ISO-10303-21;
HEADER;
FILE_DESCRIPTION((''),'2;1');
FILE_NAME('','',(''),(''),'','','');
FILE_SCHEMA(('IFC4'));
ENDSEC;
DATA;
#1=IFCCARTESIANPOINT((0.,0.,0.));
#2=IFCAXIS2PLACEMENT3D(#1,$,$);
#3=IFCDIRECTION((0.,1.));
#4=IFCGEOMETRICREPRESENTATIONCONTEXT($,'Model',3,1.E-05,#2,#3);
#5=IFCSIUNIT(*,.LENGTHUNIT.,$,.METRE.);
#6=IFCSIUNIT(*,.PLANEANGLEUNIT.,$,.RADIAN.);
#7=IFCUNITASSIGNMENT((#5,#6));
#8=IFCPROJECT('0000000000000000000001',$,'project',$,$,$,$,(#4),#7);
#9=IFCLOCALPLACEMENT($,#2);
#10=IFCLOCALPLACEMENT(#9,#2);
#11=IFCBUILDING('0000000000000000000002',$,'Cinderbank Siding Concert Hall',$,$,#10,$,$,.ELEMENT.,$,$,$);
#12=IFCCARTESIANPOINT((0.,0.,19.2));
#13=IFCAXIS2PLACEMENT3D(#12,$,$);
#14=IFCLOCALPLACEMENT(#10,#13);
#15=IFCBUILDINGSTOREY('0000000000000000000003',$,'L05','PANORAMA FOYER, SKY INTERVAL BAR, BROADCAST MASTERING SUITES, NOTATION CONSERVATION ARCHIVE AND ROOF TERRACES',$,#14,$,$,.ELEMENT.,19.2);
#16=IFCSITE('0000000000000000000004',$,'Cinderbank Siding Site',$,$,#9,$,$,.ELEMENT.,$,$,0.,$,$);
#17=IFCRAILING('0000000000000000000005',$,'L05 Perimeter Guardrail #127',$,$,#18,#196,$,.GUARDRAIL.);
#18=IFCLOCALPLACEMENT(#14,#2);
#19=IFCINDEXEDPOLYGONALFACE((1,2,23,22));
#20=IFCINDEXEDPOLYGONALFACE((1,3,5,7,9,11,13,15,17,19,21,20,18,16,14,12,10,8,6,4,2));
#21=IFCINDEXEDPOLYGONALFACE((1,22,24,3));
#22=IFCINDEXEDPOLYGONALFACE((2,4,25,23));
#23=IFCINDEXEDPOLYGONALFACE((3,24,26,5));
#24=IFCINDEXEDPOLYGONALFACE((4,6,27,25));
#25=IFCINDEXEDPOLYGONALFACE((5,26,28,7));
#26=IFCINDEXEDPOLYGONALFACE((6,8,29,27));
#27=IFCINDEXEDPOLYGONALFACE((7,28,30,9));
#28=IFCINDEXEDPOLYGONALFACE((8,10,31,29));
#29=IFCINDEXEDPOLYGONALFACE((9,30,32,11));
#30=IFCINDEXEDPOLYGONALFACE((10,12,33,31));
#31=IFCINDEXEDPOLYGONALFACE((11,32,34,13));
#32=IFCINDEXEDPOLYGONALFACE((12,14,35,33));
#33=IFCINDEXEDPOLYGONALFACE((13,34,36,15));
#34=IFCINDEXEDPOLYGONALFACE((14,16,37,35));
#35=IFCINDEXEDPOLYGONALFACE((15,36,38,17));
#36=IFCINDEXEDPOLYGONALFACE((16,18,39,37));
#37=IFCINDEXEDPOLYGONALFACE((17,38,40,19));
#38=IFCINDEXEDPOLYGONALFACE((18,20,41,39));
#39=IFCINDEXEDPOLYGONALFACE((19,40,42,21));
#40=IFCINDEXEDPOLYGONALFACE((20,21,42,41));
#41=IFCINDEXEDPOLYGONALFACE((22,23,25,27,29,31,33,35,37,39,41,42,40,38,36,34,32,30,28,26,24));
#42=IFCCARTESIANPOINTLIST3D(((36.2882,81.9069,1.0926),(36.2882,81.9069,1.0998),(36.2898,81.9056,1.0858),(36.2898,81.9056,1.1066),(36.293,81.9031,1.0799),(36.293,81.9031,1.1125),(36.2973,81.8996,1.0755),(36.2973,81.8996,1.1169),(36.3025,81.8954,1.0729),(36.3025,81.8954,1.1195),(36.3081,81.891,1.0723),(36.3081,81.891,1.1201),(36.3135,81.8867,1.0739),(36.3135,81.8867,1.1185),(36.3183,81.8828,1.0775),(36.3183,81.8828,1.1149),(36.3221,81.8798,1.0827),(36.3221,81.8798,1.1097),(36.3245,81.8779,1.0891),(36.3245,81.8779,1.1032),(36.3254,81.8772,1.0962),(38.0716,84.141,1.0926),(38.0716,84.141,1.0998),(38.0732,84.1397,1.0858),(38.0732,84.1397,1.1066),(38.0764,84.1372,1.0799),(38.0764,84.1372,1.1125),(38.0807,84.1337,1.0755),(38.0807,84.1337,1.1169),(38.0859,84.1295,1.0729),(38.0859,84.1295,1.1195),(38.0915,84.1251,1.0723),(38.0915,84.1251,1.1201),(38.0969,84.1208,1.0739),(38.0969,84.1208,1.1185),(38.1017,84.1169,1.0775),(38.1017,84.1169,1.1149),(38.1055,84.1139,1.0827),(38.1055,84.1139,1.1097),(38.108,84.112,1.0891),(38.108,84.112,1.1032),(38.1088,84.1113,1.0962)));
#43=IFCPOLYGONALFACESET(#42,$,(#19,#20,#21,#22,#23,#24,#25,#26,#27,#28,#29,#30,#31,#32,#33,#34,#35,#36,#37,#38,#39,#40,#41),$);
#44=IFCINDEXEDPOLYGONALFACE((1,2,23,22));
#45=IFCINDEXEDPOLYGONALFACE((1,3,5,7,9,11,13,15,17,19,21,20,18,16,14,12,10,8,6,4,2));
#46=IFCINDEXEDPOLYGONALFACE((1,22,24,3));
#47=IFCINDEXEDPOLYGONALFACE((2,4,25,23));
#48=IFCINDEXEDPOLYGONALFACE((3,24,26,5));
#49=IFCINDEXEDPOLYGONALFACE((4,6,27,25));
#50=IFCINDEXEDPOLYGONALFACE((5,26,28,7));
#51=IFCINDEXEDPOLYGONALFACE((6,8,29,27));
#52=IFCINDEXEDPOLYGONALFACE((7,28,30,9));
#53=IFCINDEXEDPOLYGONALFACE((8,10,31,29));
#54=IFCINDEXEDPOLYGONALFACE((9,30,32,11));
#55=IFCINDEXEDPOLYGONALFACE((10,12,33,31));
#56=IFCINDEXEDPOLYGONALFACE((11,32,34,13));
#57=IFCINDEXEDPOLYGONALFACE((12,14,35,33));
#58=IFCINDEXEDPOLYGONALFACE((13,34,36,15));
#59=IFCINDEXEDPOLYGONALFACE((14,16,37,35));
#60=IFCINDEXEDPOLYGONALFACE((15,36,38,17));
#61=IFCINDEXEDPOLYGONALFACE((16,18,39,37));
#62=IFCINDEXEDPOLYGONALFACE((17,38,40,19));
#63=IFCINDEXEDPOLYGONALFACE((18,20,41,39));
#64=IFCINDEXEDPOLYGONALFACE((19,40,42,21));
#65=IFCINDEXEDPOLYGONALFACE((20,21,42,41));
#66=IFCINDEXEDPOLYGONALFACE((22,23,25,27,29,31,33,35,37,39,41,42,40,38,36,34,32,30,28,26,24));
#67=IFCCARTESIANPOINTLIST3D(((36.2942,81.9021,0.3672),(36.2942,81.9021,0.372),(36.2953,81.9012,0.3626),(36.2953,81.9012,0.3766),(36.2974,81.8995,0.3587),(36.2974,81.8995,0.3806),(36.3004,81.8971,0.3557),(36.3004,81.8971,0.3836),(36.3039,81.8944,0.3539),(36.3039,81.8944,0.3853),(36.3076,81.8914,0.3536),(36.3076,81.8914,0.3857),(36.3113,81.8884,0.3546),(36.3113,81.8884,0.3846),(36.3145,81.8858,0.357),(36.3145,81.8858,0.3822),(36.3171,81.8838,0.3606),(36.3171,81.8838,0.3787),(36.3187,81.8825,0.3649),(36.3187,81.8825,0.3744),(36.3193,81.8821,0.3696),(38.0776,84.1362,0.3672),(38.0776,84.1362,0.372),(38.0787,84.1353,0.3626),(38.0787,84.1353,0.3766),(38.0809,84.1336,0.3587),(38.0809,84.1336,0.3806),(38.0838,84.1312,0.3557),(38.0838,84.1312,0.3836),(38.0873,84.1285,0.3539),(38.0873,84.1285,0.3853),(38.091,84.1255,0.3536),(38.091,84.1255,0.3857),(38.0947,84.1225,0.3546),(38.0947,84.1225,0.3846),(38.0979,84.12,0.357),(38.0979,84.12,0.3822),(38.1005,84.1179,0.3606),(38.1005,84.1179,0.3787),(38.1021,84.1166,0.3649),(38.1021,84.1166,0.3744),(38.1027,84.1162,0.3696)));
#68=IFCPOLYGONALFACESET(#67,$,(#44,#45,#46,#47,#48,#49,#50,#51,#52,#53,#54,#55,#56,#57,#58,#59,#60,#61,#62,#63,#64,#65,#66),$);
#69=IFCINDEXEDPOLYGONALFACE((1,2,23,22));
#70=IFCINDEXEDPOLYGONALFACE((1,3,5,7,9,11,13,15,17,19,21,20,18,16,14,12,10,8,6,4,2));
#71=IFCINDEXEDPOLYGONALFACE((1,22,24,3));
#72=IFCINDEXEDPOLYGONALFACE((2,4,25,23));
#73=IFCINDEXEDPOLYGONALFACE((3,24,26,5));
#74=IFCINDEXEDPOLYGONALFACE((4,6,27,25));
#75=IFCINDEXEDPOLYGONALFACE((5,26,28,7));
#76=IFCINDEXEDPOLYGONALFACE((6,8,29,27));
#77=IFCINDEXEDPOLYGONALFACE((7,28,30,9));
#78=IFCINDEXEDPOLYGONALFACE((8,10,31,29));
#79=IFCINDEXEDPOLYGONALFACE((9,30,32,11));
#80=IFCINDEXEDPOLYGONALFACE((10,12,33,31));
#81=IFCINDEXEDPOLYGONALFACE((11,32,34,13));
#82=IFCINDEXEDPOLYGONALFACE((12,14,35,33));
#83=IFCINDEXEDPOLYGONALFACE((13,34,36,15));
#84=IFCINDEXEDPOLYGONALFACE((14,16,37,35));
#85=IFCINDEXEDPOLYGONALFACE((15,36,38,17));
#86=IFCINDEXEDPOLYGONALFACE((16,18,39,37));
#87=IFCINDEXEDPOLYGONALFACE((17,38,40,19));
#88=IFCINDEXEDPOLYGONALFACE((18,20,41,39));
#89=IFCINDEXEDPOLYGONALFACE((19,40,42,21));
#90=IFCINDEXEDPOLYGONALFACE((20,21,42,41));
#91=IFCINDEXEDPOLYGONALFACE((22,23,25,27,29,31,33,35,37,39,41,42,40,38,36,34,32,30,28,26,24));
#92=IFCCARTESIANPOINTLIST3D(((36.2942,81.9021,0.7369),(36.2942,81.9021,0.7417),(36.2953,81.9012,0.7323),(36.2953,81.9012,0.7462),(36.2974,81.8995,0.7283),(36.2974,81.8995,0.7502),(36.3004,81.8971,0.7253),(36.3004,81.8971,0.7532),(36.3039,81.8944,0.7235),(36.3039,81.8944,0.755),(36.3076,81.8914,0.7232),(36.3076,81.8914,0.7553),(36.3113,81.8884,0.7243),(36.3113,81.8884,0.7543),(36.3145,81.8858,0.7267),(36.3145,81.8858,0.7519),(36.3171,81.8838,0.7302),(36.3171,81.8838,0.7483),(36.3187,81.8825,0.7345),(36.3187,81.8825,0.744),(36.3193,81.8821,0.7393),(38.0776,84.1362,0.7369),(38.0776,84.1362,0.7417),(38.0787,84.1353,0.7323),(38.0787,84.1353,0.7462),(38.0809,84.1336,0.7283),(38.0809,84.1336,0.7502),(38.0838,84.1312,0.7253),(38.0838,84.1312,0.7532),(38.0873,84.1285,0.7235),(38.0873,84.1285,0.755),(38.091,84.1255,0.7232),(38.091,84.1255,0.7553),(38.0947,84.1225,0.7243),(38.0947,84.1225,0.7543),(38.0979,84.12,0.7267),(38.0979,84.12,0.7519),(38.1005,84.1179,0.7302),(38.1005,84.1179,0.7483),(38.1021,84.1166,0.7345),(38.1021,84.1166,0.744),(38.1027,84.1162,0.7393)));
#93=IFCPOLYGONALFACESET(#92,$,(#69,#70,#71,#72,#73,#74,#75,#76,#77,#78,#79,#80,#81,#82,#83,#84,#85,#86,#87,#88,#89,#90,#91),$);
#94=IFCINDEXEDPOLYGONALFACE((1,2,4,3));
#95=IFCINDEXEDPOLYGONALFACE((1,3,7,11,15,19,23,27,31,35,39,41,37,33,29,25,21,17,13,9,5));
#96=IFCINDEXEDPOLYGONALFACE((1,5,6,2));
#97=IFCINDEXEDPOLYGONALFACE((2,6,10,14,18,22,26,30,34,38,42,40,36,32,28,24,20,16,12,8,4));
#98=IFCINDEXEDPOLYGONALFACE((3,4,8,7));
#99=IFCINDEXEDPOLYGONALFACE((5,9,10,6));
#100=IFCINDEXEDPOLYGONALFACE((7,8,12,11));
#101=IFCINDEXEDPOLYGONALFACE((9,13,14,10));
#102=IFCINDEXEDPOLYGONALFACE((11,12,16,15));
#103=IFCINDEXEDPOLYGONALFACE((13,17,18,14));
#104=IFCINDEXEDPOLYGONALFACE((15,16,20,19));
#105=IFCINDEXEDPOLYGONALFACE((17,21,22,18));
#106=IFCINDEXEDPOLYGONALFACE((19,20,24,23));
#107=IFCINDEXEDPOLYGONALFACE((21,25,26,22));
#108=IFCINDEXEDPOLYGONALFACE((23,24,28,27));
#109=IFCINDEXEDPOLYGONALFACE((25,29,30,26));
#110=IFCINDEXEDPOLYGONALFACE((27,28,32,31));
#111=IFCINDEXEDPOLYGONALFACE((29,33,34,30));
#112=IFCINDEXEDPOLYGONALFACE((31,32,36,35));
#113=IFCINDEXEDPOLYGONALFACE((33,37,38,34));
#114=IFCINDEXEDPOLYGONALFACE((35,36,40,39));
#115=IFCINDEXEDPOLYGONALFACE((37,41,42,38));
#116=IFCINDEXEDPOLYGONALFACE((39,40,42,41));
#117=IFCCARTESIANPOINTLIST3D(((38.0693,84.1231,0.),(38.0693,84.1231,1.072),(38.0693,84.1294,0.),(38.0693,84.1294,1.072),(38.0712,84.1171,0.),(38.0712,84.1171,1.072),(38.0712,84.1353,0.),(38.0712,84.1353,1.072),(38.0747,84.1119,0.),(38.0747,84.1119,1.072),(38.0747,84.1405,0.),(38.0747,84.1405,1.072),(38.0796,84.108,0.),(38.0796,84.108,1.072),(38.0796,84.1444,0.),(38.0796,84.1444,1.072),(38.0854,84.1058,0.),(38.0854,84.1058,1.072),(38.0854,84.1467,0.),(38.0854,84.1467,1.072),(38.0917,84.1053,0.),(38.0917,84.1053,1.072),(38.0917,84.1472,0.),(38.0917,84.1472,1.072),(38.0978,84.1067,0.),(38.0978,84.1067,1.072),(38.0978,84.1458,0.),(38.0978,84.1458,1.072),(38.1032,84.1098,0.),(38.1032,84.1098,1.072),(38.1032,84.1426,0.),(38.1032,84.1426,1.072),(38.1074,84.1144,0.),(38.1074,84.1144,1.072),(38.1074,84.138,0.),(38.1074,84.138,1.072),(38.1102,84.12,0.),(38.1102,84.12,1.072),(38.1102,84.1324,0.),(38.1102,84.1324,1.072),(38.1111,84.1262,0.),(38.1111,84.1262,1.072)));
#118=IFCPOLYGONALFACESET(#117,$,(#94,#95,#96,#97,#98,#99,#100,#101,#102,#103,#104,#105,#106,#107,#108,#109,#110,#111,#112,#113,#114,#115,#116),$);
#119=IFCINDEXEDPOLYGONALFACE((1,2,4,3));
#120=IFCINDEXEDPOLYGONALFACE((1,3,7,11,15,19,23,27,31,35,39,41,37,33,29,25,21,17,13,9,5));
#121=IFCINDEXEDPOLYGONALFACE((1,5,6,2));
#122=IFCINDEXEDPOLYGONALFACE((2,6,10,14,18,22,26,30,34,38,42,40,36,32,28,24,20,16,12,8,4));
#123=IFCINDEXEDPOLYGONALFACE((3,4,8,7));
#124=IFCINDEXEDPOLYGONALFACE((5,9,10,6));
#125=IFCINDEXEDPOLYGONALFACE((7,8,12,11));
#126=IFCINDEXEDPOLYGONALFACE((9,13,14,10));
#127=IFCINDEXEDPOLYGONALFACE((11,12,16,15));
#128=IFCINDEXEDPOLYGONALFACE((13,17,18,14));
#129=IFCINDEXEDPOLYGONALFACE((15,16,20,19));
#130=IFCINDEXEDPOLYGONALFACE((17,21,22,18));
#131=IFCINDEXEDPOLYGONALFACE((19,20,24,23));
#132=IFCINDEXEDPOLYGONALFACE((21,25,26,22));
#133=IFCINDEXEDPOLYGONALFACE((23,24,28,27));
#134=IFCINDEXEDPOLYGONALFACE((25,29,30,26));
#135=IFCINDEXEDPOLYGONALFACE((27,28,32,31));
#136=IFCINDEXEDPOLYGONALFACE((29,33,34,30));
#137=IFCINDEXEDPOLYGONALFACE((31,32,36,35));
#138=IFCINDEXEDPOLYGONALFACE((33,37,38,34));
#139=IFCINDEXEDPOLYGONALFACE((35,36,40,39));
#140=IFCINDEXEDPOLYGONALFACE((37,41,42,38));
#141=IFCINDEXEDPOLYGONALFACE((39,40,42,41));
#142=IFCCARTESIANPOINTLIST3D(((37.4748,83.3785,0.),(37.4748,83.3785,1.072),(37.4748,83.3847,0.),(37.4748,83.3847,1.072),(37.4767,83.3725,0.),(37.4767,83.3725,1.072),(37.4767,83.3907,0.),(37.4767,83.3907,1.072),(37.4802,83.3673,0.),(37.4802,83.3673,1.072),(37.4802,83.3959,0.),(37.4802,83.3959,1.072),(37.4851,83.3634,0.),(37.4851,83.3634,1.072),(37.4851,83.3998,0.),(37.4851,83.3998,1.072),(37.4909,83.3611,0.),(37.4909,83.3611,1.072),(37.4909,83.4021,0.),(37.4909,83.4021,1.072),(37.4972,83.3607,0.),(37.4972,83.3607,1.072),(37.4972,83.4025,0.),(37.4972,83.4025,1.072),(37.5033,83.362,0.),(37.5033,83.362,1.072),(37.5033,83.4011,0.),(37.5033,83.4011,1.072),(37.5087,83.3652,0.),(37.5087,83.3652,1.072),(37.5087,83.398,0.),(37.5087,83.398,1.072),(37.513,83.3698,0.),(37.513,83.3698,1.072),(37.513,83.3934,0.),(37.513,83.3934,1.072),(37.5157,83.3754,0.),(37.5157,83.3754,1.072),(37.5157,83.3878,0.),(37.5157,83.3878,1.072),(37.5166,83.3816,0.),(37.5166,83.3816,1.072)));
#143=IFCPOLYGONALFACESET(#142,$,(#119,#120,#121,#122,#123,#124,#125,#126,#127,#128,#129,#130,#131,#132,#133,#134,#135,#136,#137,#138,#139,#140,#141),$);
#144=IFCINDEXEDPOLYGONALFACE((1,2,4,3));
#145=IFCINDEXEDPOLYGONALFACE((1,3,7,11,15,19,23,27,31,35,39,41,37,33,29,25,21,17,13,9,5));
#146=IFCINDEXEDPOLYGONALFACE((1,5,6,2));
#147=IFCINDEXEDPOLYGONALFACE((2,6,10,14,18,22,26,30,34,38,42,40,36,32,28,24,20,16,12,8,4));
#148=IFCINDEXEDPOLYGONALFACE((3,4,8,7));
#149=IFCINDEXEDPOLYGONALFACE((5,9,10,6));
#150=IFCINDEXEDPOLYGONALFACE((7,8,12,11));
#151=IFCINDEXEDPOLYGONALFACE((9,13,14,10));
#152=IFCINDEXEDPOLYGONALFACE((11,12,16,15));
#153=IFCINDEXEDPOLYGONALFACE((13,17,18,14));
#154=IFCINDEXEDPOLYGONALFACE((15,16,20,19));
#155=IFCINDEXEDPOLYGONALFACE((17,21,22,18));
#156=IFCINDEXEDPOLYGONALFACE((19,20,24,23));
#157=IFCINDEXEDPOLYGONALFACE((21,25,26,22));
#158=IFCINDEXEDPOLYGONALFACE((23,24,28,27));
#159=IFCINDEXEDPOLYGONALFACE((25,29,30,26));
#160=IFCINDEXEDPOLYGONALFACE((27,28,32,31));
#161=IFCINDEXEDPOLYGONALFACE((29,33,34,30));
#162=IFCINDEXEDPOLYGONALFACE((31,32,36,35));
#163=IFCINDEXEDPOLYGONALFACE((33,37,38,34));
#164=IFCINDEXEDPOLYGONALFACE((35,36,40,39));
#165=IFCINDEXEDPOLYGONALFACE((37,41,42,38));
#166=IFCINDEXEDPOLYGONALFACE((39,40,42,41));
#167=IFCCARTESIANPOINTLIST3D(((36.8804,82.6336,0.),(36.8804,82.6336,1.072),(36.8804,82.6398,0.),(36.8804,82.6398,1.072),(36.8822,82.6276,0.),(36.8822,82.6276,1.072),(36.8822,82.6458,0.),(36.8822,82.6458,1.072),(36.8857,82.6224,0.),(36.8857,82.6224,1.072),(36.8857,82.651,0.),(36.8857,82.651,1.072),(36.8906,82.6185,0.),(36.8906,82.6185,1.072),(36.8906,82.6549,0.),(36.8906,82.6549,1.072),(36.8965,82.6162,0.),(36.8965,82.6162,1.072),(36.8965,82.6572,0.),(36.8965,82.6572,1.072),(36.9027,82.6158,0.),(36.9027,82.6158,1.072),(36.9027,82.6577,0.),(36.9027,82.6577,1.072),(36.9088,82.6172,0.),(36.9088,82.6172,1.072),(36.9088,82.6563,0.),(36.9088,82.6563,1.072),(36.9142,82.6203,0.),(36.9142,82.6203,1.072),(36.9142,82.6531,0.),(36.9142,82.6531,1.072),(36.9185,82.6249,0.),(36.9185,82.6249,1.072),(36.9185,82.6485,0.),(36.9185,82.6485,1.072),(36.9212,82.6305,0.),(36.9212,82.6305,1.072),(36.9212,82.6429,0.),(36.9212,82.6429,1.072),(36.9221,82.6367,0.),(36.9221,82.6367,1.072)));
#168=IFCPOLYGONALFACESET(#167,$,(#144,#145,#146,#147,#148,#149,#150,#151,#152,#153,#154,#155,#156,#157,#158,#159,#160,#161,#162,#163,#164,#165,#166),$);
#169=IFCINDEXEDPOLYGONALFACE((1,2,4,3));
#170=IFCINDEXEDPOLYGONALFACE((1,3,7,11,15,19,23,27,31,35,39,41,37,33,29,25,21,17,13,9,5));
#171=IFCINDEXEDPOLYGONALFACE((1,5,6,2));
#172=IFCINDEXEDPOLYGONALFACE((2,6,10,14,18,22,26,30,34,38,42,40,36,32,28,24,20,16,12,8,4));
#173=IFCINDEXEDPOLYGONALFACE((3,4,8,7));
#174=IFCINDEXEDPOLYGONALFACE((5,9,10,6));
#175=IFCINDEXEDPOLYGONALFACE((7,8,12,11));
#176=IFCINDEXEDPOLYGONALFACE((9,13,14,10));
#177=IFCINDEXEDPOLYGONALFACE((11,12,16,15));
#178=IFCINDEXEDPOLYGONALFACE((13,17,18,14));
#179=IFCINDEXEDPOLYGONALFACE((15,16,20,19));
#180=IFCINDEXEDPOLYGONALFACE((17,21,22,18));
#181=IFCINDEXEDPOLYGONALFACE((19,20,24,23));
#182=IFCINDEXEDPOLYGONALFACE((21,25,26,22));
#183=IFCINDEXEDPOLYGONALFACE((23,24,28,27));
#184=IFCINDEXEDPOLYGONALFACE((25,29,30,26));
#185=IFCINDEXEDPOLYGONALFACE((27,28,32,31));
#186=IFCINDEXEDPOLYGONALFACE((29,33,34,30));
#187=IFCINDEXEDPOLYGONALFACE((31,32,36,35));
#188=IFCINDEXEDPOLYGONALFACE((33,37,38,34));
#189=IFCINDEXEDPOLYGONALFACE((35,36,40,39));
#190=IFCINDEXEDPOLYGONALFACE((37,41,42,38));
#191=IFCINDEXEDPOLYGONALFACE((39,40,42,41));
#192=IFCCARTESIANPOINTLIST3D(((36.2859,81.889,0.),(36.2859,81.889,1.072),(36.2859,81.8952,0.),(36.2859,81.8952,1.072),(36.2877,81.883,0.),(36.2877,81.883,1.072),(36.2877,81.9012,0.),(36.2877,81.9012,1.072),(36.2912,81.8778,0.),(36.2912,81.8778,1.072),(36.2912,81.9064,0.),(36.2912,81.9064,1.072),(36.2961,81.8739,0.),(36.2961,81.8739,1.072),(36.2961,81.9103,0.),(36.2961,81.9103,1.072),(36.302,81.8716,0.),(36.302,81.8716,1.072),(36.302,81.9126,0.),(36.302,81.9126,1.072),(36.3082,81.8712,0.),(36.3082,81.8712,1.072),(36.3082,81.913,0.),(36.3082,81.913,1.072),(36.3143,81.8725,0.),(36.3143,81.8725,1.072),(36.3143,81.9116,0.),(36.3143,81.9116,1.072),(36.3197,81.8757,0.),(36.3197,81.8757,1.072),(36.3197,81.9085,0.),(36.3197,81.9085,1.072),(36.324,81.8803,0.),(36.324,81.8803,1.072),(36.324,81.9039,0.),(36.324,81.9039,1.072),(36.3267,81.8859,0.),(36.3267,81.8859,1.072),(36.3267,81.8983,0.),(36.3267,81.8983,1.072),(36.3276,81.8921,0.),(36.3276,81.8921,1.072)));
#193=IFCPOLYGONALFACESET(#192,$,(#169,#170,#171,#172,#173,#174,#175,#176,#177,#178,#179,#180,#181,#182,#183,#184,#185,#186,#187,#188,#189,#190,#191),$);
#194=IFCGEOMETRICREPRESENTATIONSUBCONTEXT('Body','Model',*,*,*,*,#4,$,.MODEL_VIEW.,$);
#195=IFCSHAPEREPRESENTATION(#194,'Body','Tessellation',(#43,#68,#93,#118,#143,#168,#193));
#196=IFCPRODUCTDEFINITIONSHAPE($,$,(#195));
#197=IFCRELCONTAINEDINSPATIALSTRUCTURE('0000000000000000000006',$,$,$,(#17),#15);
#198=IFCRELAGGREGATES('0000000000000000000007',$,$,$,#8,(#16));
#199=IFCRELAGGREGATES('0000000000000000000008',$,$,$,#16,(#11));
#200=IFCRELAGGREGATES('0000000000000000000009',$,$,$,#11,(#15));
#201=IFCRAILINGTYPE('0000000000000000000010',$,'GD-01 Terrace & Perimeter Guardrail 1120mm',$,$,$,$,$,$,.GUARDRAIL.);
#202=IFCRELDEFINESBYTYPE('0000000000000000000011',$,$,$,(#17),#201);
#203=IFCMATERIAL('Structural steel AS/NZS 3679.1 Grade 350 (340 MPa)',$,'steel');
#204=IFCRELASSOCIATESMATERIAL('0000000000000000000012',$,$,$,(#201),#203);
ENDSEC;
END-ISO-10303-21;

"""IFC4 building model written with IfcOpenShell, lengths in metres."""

from ifc_helpers import new_model, si_unit, direction, frame, origin, origin_2d, place, context, subcontext, project, spatial, circle, extrude, material, type_object, element, save


model = new_model("IFC4")

# Units and contexts
model_context = context("Model", 3, precision=1e-05, world=origin(), true_north=direction((0.0, 1.0)))
body_context = subcontext(model_context, "Body", "Model", "MODEL_VIEW")
ifc_project = project(units=[si_unit("LENGTHUNIT", "METRE"), si_unit("PLANEANGLEUNIT", "RADIAN")], contexts=[model_context])

# Site, building, storey
site_placement = place(None, origin())
site = spatial("IfcSite", under=ifc_project, at=site_placement, Name="Cinderbank Siding Site", CompositionType="ELEMENT", RefElevation=0.0)
building_placement = place(site_placement, origin())
building = spatial("IfcBuilding", under=site, at=building_placement, Name="Cinderbank Siding Concert Hall", CompositionType="ELEMENT")
storey_placement = place(building_placement, frame((0.0, 0.0, 19.2)))
storey = spatial("IfcBuildingStorey", under=building, at=storey_placement, Name="L05", Description="PANORAMA FOYER, SKY INTERVAL BAR, BROADCAST MASTERING SUITES, NOTATION CONSERVATION ARCHIVE AND ROOF TERRACES", CompositionType="ELEMENT", Elevation=19.2)

# Railing
ifc_material_1 = material(Name="Structural steel AS/NZS 3679.1 Grade 350 (340 MPa)", Category="steel")
railing_type = type_object("IfcRailingType", Name="GD-01 Terrace & Perimeter Guardrail 1120mm", PredefinedType="GUARDRAIL", material=ifc_material_1)
railing_1_placement = place(storey_placement, frame((38.0901, 84.1262, 0.0)))
element("IfcRailing", 1, at=railing_1_placement, inside=storey, type_object=railing_type, Name="L05 Perimeter Guardrail #127", PredefinedType="GUARDRAIL", context=body_context, shape_type="SweptSolid", body=[
    extrude(circle(Radius=0.0239, at=origin_2d()), frame((0.0, 0.0, 1.0962), z_axis=(-0.623872, -0.781527, 0.0), x_axis=(0.781527, -0.623872, 0.0)), (0.0, 0.0, 1.0), 2.8586),
    extrude(circle(Radius=0.0161, at=origin_2d()), frame((0.0, 0.0, 0.3696), z_axis=(-0.623872, -0.781527, 0.0), x_axis=(0.781527, -0.623872, 0.0)), (0.0, 0.0, 1.0), 2.8586),
    extrude(circle(Radius=0.0161, at=origin_2d()), frame((0.0, 0.0, 0.7393), z_axis=(-0.623872, -0.781527, 0.0), x_axis=(0.781527, -0.623872, 0.0)), (0.0, 0.0, 1.0), 2.8586),
    extrude(circle(Radius=0.021, at=origin_2d()), origin(), (0.0, 0.0, 1.0), 1.072),
    extrude(circle(Radius=0.021, at=origin_2d()), frame((-0.5945, -0.7446, 0.0)), (0.0, 0.0, 1.0), 1.072),
    extrude(circle(Radius=0.021, at=origin_2d()), frame((-1.189, -1.4895, 0.0)), (0.0, 0.0, 1.0), 1.072),
    extrude(circle(Radius=0.021, at=origin_2d()), frame((-1.7834, -2.2341, 0.0)), (0.0, 0.0, 1.0), 1.072),
])

save(model, "model.ifc")
